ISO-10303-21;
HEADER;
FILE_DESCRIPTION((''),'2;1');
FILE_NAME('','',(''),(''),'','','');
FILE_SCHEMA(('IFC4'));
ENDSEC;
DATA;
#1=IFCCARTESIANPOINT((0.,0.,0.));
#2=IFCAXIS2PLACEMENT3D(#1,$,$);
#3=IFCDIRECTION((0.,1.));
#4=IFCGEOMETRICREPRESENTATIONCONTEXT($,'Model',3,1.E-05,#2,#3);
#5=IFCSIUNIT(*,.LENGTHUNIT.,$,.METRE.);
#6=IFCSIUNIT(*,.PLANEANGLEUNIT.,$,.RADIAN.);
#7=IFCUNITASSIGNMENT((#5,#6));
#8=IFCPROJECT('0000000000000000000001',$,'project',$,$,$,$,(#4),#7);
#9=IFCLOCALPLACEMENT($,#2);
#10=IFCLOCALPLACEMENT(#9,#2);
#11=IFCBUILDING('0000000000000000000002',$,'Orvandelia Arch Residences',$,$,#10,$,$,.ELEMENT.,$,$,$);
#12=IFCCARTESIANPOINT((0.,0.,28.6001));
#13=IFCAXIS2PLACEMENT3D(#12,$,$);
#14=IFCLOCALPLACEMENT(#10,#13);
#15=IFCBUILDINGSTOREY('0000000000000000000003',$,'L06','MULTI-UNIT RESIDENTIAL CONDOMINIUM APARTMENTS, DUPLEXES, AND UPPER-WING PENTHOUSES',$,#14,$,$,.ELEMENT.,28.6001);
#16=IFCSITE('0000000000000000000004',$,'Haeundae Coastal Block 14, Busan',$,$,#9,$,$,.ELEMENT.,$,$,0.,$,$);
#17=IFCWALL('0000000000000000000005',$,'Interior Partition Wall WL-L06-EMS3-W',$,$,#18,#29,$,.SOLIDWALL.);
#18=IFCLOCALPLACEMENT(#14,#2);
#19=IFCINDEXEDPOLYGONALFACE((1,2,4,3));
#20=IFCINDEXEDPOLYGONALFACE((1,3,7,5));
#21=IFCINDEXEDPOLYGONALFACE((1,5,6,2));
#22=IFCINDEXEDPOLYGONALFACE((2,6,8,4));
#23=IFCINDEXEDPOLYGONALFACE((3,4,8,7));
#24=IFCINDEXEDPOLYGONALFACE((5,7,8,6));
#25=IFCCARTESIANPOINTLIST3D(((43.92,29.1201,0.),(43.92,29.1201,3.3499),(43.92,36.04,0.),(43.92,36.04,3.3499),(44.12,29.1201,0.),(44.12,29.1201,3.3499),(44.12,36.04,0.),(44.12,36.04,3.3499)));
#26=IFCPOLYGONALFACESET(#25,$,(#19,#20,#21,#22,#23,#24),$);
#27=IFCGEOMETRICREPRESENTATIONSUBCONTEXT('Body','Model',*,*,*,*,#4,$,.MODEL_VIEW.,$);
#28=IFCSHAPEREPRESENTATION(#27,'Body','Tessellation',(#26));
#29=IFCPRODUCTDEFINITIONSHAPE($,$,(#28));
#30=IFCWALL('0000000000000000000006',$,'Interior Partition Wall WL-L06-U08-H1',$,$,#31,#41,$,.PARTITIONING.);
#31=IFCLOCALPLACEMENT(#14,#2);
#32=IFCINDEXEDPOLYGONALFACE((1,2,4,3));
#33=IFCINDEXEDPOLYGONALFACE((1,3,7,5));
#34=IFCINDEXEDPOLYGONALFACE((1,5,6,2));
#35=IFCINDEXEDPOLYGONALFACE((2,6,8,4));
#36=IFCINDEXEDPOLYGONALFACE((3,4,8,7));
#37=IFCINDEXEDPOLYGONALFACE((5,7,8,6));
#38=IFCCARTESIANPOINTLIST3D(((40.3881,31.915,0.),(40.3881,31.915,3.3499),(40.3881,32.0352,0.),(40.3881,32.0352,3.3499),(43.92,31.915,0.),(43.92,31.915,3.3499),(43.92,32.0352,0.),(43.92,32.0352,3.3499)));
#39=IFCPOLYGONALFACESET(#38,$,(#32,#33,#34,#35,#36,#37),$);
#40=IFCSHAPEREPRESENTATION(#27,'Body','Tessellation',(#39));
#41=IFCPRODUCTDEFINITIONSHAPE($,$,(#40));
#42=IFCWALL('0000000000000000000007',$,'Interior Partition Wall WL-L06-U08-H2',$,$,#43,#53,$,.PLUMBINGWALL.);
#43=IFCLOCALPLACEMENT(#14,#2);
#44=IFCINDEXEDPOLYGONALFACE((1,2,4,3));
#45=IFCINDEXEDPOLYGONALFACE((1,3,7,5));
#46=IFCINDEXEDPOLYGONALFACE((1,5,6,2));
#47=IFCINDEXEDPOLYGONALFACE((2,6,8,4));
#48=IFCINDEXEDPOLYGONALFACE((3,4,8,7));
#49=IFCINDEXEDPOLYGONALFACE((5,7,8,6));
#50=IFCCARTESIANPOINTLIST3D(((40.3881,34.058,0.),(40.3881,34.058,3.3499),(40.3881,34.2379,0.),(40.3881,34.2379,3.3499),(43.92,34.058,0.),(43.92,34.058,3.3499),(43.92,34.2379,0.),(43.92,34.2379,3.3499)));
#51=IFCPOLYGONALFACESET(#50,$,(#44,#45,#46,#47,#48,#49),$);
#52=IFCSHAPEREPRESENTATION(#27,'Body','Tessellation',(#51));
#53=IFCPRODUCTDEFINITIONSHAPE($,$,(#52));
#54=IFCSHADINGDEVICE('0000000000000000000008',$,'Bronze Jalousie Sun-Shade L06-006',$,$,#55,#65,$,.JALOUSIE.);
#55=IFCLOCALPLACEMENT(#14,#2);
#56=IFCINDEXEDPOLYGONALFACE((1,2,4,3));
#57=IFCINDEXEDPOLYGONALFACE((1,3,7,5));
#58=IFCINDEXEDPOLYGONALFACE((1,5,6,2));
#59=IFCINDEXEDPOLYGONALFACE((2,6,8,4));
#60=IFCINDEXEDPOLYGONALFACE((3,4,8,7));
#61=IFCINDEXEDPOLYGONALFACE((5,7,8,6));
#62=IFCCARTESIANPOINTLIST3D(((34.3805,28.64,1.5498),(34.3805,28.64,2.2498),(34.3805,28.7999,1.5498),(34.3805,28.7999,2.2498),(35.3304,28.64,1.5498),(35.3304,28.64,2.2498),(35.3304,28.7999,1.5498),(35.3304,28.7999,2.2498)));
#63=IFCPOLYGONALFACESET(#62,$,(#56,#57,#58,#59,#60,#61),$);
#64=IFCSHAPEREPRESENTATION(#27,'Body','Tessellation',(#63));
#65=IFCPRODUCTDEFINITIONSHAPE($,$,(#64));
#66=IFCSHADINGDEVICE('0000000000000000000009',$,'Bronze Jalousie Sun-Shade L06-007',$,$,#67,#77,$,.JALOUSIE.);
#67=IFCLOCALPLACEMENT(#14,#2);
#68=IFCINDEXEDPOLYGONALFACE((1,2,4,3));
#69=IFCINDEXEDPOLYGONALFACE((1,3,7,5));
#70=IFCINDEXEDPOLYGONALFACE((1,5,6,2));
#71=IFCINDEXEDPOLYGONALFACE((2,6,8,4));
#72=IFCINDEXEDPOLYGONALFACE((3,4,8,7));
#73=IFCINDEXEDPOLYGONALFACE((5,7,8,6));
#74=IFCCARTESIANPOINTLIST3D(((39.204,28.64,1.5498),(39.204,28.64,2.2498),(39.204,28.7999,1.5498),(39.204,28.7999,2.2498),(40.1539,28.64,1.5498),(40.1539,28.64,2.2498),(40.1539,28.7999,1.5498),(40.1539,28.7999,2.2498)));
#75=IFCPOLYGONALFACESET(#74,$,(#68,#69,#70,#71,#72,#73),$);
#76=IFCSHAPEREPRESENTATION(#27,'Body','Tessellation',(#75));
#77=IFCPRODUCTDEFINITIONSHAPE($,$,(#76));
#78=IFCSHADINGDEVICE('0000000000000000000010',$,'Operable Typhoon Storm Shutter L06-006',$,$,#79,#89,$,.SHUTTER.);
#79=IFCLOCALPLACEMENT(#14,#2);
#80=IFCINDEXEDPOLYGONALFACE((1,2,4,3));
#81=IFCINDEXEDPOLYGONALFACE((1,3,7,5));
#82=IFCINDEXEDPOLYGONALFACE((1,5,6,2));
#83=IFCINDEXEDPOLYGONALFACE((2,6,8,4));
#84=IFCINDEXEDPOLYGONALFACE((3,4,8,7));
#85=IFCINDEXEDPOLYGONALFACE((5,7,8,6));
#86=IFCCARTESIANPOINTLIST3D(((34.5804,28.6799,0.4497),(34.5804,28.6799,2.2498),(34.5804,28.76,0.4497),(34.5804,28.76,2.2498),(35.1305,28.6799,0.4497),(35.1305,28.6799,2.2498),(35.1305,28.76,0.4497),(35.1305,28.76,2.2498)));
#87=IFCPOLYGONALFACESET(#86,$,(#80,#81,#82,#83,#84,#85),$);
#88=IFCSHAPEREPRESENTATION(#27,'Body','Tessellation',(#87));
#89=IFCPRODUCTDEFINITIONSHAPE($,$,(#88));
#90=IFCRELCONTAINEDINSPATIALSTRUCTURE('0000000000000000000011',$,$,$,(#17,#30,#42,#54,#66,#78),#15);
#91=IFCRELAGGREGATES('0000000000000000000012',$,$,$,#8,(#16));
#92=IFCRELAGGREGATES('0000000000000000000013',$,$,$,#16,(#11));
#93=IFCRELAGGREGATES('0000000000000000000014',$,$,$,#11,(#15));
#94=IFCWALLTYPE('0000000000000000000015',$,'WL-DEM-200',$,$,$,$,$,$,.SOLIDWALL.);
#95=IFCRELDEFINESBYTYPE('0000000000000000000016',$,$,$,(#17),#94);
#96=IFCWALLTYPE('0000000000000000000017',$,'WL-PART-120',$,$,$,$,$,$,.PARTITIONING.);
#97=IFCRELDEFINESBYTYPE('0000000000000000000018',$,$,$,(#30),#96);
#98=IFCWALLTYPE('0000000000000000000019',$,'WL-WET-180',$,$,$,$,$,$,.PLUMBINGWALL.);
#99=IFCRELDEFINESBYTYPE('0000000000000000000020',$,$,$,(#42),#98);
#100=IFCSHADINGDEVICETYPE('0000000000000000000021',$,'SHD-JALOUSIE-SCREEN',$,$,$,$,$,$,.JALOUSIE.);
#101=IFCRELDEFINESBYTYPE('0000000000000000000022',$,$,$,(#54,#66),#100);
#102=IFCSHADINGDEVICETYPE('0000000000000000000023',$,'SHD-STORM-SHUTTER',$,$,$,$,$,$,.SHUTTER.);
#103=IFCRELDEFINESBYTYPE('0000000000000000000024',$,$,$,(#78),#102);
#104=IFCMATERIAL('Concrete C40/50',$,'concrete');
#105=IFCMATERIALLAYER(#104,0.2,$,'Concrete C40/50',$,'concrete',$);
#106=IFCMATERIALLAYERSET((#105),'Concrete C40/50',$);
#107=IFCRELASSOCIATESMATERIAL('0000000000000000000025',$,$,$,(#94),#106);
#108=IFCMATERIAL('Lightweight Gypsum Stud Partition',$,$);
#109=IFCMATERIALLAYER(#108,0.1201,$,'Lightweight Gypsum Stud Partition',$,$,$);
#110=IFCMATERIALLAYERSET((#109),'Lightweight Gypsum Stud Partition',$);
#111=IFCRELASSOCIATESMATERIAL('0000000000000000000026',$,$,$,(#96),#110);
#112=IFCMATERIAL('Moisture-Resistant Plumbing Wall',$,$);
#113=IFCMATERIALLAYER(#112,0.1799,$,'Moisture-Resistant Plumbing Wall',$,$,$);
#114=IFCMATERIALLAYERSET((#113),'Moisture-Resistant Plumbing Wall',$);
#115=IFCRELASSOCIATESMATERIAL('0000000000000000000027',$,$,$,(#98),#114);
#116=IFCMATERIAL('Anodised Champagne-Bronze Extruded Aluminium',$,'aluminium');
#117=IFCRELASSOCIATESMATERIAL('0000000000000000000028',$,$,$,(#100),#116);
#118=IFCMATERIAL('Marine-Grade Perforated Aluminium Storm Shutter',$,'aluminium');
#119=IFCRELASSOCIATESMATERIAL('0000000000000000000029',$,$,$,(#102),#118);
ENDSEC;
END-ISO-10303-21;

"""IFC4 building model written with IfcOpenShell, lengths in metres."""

from ifc_helpers import new_model, si_unit, direction, frame, frame_2d, origin, origin_2d, place, context, subcontext, project, spatial, rectangle, extrude, material, layer, layer_set, type_object, element, save


model = new_model("IFC4")

# Units and contexts
model_context = context("Model", 3, precision=1e-05, world=origin(), true_north=direction((0.0, 1.0)))
body_context = subcontext(model_context, "Body", "Model", "MODEL_VIEW")
ifc_project = project(units=[si_unit("LENGTHUNIT", "METRE"), si_unit("PLANEANGLEUNIT", "RADIAN")], contexts=[model_context])

# Site, building, storey
site_placement = place(None, origin())
site = spatial("IfcSite", under=ifc_project, at=site_placement, Name="Haeundae Coastal Block 14, Busan", CompositionType="ELEMENT", RefElevation=0.0)
building_placement = place(site_placement, origin())
building = spatial("IfcBuilding", under=site, at=building_placement, Name="Orvandelia Arch Residences", CompositionType="ELEMENT")
storey_placement = place(building_placement, frame((0.0, 0.0, 28.6001)))
storey = spatial("IfcBuildingStorey", under=building, at=storey_placement, Name="L06", Description="MULTI-UNIT RESIDENTIAL CONDOMINIUM APARTMENTS, DUPLEXES, AND UPPER-WING PENTHOUSES", CompositionType="ELEMENT", Elevation=28.6001)

# Wall
ifc_material_1 = material(Name="Concrete C40/50", Category="concrete")
ifc_layer_1 = layer(ifc_material_1, 0.2, Name="Concrete C40/50", Category="concrete")
ifc_layer_set_1 = layer_set([ifc_layer_1], Name="Concrete C40/50")
wall_type_1 = type_object("IfcWallType", Name="WL-DEM-200", PredefinedType="SOLIDWALL", material=ifc_layer_set_1)
wall_1_placement = place(storey_placement, frame((44.02, 29.1201, 0.0), z_axis=(0.0, 0.0, 1.0), x_axis=(0.0, 1.0, 0.0)))
element("IfcWall", 1, at=wall_1_placement, inside=storey, type_object=wall_type_1, Name="Interior Partition Wall WL-L06-EMS3-W", PredefinedType="SOLIDWALL", context=body_context, shape_type="SweptSolid", body=[
    extrude(rectangle(XDim=6.9199, YDim=0.2, at=frame_2d((3.46, 0.0))), origin(), (0.0, 0.0, 1.0), 3.3499),
])

# Shared definitions
ifc_material_2 = material(Name="Lightweight Gypsum Stud Partition")
ifc_layer_2 = layer(ifc_material_2, 0.1201, Name="Lightweight Gypsum Stud Partition")
ifc_layer_set_2 = layer_set([ifc_layer_2], Name="Lightweight Gypsum Stud Partition")
wall_type_2 = type_object("IfcWallType", Name="WL-PART-120", PredefinedType="PARTITIONING", material=ifc_layer_set_2)

# Wall
wall_2_placement = place(storey_placement, frame((40.3879, 31.9751, 0.0), z_axis=(0.0, 0.0, 1.0), x_axis=(1.0, 0.0, 0.0)))
element("IfcWall", 2, at=wall_2_placement, inside=storey, type_object=wall_type_2, Name="Interior Partition Wall WL-L06-U08-H1", PredefinedType="PARTITIONING", context=body_context, shape_type="SweptSolid", body=[
    extrude(rectangle(XDim=3.532, YDim=0.1201, at=frame_2d((1.7661, 0.0))), origin(), (0.0, 0.0, 1.0), 3.3499),
])

# Shared definitions
ifc_material_3 = material(Name="Moisture-Resistant Plumbing Wall")
ifc_layer_3 = layer(ifc_material_3, 0.1799, Name="Moisture-Resistant Plumbing Wall")
ifc_layer_set_3 = layer_set([ifc_layer_3], Name="Moisture-Resistant Plumbing Wall")
wall_type_3 = type_object("IfcWallType", Name="WL-WET-180", PredefinedType="PLUMBINGWALL", material=ifc_layer_set_3)

# Wall
wall_3_placement = place(storey_placement, frame((40.3879, 34.1479, 0.0), z_axis=(0.0, 0.0, 1.0), x_axis=(1.0, 0.0, 0.0)))
element("IfcWall", 3, at=wall_3_placement, inside=storey, type_object=wall_type_3, Name="Interior Partition Wall WL-L06-U08-H2", PredefinedType="PLUMBINGWALL", context=body_context, shape_type="SweptSolid", body=[
    extrude(rectangle(XDim=3.532, YDim=0.1799, at=frame_2d((1.7661, 0.0))), origin(), (0.0, 0.0, 1.0), 3.3499),
])

# Shading devices
ifc_material_4 = material(Name="Anodised Champagne-Bronze Extruded Aluminium", Category="aluminium")
shading_device_type_1 = type_object("IfcShadingDeviceType", Name="SHD-JALOUSIE-SCREEN", PredefinedType="JALOUSIE", material=ifc_material_4)
for number, where, z_axis, x_axis, name in (
    (4, (34.8555, 28.72, 1.5498), (0.0, 0.0, 1.0), (-1.0, 0.0, 0.0), "Bronze Jalousie Sun-Shade L06-006"),
    (5, (39.679, 28.72, 1.5498), (0.0, 0.0, 1.0), (-1.0, 0.0, 0.0), "Bronze Jalousie Sun-Shade L06-007"),
):
    element("IfcShadingDevice", number, at=place(storey_placement, frame(where, z_axis=z_axis, x_axis=x_axis)), inside=storey, type_object=shading_device_type_1, Name=name, PredefinedType="JALOUSIE", context=body_context, shape_type="SweptSolid", body=[
        extrude(rectangle(XDim=0.95, YDim=0.1599, at=origin_2d()), origin(), (0.0, 0.0, 1.0), 0.7),
    ])
ifc_material_5 = material(Name="Marine-Grade Perforated Aluminium Storm Shutter", Category="aluminium")
shading_device_type_2 = type_object("IfcShadingDeviceType", Name="SHD-STORM-SHUTTER", PredefinedType="SHUTTER", material=ifc_material_5)
shading_device_placement = place(storey_placement, frame((34.8555, 28.72, 0.4497), z_axis=(0.0, 0.0, 1.0), x_axis=(-1.0, 0.0, 0.0)))
element("IfcShadingDevice", 6, at=shading_device_placement, inside=storey, type_object=shading_device_type_2, Name="Operable Typhoon Storm Shutter L06-006", PredefinedType="SHUTTER", context=body_context, shape_type="SweptSolid", body=[
    extrude(rectangle(XDim=0.55, YDim=0.0801, at=origin_2d()), origin(), (0.0, 0.0, 1.0), 1.8),
])

save(model, "model.ifc")
